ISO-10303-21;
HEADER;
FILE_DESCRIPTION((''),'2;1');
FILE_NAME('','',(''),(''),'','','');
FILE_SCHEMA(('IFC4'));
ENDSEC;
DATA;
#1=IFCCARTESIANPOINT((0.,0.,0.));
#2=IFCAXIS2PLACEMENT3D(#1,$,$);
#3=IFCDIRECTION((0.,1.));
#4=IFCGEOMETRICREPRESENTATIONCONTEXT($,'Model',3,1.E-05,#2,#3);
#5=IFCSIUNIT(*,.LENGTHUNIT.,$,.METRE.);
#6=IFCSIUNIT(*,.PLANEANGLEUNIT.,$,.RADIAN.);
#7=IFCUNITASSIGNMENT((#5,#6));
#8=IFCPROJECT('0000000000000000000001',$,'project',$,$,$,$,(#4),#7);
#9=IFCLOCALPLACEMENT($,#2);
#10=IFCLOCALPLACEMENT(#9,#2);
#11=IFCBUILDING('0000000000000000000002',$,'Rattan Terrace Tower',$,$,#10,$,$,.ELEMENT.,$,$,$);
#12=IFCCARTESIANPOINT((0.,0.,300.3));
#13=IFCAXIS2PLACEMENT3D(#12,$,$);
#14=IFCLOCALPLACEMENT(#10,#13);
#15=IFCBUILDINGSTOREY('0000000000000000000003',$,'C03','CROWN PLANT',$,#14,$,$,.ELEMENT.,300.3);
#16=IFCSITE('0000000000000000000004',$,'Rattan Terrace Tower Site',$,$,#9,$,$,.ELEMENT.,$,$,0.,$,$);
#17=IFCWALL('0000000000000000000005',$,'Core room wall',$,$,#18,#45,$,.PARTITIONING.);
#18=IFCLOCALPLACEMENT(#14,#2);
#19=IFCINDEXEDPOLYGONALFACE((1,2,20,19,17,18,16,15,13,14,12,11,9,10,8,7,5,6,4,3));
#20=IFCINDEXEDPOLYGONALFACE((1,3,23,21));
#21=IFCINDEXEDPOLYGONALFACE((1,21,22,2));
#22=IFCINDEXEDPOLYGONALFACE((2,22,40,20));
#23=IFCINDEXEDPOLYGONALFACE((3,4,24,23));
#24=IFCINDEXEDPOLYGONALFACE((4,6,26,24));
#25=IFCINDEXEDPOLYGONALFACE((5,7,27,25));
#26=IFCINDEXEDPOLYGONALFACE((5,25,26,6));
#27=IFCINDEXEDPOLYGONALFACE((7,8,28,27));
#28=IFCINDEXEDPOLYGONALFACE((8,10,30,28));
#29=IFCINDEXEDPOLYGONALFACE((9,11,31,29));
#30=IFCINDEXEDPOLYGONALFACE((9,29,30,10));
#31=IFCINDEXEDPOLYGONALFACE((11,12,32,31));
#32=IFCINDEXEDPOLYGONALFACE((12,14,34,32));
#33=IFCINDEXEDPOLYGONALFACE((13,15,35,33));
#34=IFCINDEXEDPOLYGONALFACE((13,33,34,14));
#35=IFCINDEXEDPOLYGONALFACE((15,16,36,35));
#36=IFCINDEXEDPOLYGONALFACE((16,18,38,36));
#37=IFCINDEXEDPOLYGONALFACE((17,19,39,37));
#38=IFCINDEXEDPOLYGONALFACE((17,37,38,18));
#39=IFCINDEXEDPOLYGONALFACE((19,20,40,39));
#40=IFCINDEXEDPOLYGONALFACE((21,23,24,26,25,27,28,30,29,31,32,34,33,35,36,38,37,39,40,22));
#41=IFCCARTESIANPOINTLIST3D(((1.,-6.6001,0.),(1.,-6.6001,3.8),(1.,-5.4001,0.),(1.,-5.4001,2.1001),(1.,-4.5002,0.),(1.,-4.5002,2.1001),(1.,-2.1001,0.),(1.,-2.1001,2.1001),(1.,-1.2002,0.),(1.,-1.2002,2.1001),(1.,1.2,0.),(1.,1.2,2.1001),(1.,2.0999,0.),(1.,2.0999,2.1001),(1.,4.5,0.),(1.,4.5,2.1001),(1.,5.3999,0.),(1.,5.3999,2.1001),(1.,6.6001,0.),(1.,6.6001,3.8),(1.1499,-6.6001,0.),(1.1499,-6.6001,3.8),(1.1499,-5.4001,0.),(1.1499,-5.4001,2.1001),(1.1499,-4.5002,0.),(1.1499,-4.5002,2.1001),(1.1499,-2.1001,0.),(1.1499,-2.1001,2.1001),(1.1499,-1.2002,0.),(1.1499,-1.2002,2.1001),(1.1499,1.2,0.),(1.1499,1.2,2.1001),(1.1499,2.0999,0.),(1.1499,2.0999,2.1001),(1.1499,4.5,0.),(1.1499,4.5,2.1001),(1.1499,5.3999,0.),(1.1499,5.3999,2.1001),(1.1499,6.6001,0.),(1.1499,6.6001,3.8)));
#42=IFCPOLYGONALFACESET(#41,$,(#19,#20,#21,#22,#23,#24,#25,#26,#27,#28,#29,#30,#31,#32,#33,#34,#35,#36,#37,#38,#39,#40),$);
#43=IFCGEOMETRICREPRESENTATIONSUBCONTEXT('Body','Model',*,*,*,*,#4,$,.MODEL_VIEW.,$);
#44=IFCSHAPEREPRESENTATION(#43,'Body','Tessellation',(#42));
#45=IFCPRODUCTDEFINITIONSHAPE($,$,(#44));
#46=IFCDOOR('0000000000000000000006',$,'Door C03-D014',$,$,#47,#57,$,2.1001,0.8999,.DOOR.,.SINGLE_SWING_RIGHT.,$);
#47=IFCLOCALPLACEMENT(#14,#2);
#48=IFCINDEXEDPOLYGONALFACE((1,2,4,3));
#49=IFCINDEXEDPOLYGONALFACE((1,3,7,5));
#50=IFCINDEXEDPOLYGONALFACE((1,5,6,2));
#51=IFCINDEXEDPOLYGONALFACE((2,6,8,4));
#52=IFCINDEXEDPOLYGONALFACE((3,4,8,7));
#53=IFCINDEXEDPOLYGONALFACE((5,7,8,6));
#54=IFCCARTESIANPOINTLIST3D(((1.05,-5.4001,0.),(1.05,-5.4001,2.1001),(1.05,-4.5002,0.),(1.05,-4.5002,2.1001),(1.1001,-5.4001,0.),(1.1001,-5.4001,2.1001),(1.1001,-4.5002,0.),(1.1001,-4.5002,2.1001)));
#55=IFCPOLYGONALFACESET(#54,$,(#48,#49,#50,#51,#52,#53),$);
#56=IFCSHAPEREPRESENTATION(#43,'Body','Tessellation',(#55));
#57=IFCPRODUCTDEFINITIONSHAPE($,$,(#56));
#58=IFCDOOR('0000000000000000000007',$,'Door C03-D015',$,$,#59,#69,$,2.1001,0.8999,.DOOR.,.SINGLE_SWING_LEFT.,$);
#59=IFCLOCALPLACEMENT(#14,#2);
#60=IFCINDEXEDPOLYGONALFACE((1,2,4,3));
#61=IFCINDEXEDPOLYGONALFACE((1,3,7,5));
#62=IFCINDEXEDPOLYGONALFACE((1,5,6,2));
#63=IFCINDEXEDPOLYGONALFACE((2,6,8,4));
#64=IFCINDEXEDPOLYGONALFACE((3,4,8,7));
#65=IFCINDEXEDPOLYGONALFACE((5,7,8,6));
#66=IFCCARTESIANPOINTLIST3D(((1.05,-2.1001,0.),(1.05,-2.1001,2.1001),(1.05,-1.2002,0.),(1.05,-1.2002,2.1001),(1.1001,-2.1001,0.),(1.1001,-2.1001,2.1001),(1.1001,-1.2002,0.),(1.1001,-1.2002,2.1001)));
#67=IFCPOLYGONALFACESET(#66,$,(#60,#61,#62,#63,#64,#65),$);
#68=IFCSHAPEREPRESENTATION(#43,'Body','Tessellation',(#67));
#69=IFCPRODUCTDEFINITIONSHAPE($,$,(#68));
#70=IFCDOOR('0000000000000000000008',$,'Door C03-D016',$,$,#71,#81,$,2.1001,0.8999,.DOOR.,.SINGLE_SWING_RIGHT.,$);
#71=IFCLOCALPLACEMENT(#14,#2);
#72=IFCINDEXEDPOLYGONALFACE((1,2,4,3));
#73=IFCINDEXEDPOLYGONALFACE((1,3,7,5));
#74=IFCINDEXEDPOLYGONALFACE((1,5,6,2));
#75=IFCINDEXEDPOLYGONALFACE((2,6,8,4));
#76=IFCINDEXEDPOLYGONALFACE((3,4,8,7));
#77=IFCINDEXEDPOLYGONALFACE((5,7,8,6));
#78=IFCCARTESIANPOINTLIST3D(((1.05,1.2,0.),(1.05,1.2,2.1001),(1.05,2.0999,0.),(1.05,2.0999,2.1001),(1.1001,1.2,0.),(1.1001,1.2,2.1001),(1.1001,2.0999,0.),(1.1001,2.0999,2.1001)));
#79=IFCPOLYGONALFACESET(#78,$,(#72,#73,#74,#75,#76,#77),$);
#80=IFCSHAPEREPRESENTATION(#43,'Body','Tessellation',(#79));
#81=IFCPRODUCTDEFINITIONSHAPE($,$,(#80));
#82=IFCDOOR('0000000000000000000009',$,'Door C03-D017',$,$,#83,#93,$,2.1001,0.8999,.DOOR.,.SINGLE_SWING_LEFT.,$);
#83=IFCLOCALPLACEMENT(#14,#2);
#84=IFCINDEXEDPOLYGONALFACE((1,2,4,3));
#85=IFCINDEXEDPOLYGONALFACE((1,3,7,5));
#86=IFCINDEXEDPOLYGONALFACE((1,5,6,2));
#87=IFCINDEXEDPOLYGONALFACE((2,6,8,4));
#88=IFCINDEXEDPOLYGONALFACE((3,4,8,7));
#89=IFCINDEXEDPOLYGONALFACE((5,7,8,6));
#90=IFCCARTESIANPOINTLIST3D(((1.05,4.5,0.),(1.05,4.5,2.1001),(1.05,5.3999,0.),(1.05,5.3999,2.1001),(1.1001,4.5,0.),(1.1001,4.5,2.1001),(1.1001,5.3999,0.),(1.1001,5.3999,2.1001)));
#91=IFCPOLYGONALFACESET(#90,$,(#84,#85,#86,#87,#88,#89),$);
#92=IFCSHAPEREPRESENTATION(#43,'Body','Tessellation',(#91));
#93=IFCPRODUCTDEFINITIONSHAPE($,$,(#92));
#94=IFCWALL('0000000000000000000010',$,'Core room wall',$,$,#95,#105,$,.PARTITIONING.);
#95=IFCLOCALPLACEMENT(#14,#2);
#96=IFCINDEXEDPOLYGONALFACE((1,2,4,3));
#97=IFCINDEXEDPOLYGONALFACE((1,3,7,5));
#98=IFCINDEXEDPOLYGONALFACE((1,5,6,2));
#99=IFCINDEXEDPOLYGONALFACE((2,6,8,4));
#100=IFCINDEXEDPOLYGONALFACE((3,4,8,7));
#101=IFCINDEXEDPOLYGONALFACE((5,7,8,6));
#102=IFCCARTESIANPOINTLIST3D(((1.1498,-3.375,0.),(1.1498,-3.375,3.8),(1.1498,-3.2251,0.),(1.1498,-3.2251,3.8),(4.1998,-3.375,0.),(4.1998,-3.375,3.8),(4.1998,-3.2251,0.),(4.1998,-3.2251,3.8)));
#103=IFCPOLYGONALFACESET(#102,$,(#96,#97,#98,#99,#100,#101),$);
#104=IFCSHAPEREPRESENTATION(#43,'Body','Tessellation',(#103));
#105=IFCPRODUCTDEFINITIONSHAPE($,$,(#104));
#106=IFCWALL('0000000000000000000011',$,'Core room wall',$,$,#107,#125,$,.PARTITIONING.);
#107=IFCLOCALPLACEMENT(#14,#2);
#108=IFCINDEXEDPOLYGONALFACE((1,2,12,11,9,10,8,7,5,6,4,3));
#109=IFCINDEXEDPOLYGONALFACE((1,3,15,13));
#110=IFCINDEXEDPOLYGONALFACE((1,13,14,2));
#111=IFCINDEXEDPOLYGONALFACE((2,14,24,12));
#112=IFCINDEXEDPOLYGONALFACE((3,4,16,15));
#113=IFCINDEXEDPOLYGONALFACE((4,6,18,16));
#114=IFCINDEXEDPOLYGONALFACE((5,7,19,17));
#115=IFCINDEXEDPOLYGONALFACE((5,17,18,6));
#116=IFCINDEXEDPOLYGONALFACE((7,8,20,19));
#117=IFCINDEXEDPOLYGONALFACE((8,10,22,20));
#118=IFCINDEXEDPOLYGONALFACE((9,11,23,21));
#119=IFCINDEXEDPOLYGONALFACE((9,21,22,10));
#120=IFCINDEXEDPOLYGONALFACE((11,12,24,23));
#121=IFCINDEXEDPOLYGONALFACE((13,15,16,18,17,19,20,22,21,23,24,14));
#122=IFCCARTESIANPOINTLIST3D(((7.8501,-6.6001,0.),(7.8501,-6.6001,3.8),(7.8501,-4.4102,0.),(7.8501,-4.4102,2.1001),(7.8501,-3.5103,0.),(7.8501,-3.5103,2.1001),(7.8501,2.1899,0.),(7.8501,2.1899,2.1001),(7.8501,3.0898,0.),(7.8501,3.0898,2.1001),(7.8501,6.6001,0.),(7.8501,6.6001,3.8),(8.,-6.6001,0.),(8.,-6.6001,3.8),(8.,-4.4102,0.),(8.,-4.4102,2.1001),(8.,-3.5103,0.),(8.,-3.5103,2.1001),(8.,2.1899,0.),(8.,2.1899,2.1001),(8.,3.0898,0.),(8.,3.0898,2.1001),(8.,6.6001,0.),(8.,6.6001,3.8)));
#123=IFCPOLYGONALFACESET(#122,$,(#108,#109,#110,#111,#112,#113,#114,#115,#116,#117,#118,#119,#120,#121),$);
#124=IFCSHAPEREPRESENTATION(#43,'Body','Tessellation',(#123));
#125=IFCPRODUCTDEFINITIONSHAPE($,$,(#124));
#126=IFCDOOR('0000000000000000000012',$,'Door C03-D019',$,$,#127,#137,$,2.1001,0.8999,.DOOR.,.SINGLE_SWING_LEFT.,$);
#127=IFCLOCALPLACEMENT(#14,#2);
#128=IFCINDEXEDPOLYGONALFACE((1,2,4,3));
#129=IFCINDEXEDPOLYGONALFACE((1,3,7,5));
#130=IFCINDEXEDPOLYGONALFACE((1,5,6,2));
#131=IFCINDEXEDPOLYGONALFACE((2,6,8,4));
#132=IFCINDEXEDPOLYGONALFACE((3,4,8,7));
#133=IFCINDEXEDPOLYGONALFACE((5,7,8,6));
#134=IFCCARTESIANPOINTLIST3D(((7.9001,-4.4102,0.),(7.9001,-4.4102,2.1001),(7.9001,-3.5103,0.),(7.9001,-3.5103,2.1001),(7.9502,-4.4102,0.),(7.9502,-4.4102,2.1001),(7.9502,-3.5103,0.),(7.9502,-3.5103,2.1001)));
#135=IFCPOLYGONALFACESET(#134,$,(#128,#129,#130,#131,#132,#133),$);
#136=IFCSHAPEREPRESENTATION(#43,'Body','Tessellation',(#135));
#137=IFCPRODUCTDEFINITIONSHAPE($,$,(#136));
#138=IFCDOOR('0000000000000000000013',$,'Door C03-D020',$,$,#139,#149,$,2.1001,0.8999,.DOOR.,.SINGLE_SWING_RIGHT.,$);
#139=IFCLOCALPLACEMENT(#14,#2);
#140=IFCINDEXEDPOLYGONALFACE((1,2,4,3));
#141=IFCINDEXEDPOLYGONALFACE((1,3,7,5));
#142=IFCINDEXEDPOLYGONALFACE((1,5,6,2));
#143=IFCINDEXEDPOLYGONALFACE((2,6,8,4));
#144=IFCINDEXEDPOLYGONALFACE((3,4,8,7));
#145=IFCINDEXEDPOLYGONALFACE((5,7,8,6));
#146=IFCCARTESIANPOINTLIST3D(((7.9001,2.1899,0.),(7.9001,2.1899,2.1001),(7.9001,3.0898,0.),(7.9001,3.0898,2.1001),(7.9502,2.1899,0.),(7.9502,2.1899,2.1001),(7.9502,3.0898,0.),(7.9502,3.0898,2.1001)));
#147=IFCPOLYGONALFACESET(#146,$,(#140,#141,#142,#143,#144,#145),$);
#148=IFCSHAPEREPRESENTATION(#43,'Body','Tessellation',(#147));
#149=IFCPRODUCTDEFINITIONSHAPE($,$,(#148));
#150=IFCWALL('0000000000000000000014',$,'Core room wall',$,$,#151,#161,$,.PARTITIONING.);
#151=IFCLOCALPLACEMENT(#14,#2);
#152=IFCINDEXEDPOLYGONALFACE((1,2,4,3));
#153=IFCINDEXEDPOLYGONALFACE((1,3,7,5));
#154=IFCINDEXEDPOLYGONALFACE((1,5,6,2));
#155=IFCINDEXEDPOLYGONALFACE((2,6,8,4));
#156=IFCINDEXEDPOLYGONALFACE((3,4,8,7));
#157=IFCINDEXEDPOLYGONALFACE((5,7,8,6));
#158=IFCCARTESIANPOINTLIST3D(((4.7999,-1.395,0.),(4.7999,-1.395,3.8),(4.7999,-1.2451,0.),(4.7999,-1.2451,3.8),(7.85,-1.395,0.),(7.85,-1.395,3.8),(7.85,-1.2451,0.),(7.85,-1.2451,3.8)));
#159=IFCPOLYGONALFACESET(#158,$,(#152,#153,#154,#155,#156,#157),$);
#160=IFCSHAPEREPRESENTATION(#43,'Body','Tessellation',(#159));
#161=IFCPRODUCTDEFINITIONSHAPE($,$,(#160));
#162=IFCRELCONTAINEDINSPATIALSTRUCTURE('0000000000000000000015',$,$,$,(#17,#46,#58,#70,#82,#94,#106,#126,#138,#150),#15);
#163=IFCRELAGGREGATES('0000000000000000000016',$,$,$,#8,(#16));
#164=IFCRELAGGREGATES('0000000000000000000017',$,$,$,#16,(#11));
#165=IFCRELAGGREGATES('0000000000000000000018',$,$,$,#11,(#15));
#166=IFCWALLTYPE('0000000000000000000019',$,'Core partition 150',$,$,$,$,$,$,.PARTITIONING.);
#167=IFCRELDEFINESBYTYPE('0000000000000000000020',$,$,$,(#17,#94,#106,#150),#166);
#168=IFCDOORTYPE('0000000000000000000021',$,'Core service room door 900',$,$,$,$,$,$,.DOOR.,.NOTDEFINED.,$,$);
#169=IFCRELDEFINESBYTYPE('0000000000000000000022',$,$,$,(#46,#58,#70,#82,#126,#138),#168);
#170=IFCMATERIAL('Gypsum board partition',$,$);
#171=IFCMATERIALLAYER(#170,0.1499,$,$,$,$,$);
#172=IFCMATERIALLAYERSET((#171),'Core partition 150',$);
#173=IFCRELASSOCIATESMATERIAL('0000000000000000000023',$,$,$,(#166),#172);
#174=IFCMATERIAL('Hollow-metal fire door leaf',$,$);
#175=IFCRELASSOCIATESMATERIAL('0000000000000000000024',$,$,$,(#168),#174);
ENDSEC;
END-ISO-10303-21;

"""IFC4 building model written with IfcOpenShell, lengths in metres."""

from ifc_helpers import new_model, si_unit, direction, frame, frame_2d, origin, place, context, subcontext, project, spatial, rectangle, extrude, material, layer, layer_set, type_object, element, fill, save


model = new_model("IFC4")

# Units and contexts
model_context = context("Model", 3, precision=1e-05, world=origin(), true_north=direction((0.0, 1.0)))
body_context = subcontext(model_context, "Body", "Model", "MODEL_VIEW")
ifc_project = project(units=[si_unit("LENGTHUNIT", "METRE"), si_unit("PLANEANGLEUNIT", "RADIAN")], contexts=[model_context])

# Site, building, storey
site_placement = place(None, origin())
site = spatial("IfcSite", under=ifc_project, at=site_placement, Name="Rattan Terrace Tower Site", CompositionType="ELEMENT", RefElevation=0.0)
building_placement = place(site_placement, origin())
building = spatial("IfcBuilding", under=site, at=building_placement, Name="Rattan Terrace Tower", CompositionType="ELEMENT")
storey_placement = place(building_placement, frame((0.0, 0.0, 300.3)))
storey = spatial("IfcBuildingStorey", under=building, at=storey_placement, Name="C03", Description="CROWN PLANT", CompositionType="ELEMENT", Elevation=300.3)

# Wall, openings, doors
ifc_material_1 = material(Name="Gypsum board partition")
ifc_layer_1 = layer(ifc_material_1, 0.1499)
ifc_layer_set_1 = layer_set([ifc_layer_1], Name="Core partition 150")
wall_type_1 = type_object("IfcWallType", Name="Core partition 150", PredefinedType="PARTITIONING", material=ifc_layer_set_1)
wall_1_placement = place(storey_placement, frame((1.075, -6.6001, 0.0), z_axis=(0.0, 0.0, 1.0), x_axis=(0.0, 1.0, 0.0)))
wall_1 = element("IfcWall", 1, at=wall_1_placement, inside=storey, type_object=wall_type_1, Name="Core room wall", PredefinedType="PARTITIONING", context=body_context, shape_type="SweptSolid", body=[
    extrude(rectangle(XDim=13.2002, YDim=0.1499, at=frame_2d((6.6001, 0.0))), origin(), (0.0, 0.0, 1.0), 3.8),
])
opening_1_placement = place(wall_1_placement, frame((1.2, 0.0, 0.0)))
opening_1 = element("IfcOpeningElement", 2, at=opening_1_placement, cuts=wall_1, PredefinedType="OPENING", context=body_context, shape_type="SweptSolid", body=[
    extrude(rectangle(XDim=0.8999, YDim=2.1001, at=frame_2d((0.45, 1.05))), frame((0.0, 0.0854, 0.0), z_axis=(0.0, -1.0, 0.0), x_axis=(1.0, 0.0, 0.0)), (0.0, 0.0, 1.0), 0.1709),
])
opening_2_placement = place(wall_1_placement, frame((4.5, 0.0, 0.0)))
opening_2 = element("IfcOpeningElement", 3, at=opening_2_placement, cuts=wall_1, PredefinedType="OPENING", context=body_context, shape_type="SweptSolid", body=[
    extrude(rectangle(XDim=0.8999, YDim=2.1001, at=frame_2d((0.45, 1.05))), frame((0.0, 0.0854, 0.0), z_axis=(0.0, -1.0, 0.0), x_axis=(1.0, 0.0, 0.0)), (0.0, 0.0, 1.0), 0.1709),
])
opening_3_placement = place(wall_1_placement, frame((7.8, 0.0, 0.0)))
opening_3 = element("IfcOpeningElement", 4, at=opening_3_placement, cuts=wall_1, PredefinedType="OPENING", context=body_context, shape_type="SweptSolid", body=[
    extrude(rectangle(XDim=0.8999, YDim=2.1001, at=frame_2d((0.45, 1.05))), frame((0.0, 0.0854, 0.0), z_axis=(0.0, -1.0, 0.0), x_axis=(1.0, 0.0, 0.0)), (0.0, 0.0, 1.0), 0.1709),
])
opening_4_placement = place(wall_1_placement, frame((11.1001, 0.0, 0.0)))
opening_4 = element("IfcOpeningElement", 5, at=opening_4_placement, cuts=wall_1, PredefinedType="OPENING", context=body_context, shape_type="SweptSolid", body=[
    extrude(rectangle(XDim=0.8999, YDim=2.1001, at=frame_2d((0.45, 1.05))), frame((0.0, 0.0854, 0.0), z_axis=(0.0, -1.0, 0.0), x_axis=(1.0, 0.0, 0.0)), (0.0, 0.0, 1.0), 0.1709),
])
ifc_material_2 = material(Name="Hollow-metal fire door leaf")
door_type_1 = type_object("IfcDoorType", Name="Core service room door 900", OperationType="NOTDEFINED", PredefinedType="DOOR", material=ifc_material_2)
door_1_placement = place(opening_1_placement, origin())
door_1 = element("IfcDoor", 6, at=door_1_placement, inside=storey, type_object=door_type_1, Name="Door C03-D014", OperationType="SINGLE_SWING_RIGHT", OverallHeight=2.1001, OverallWidth=0.8999, PredefinedType="DOOR", context=body_context, shape_type="SweptSolid", body=[
    extrude(rectangle(XDim=0.8999, YDim=2.1001, at=frame_2d((0.45, 1.05))), frame((0.0, 0.0249, 0.0), z_axis=(0.0, -1.0, 0.0), x_axis=(1.0, 0.0, 0.0)), (0.0, 0.0, 1.0), 0.05),
])
fill(opening_1, door_1)
door_2_placement = place(opening_2_placement, origin())
door_2 = element("IfcDoor", 7, at=door_2_placement, inside=storey, type_object=door_type_1, Name="Door C03-D015", OperationType="SINGLE_SWING_LEFT", OverallHeight=2.1001, OverallWidth=0.8999, PredefinedType="DOOR", context=body_context, shape_type="SweptSolid", body=[
    extrude(rectangle(XDim=0.8999, YDim=2.1001, at=frame_2d((0.45, 1.05))), frame((0.0, 0.0249, 0.0), z_axis=(0.0, -1.0, 0.0), x_axis=(1.0, 0.0, 0.0)), (0.0, 0.0, 1.0), 0.05),
])
fill(opening_2, door_2)
door_3_placement = place(opening_3_placement, origin())
door_3 = element("IfcDoor", 8, at=door_3_placement, inside=storey, type_object=door_type_1, Name="Door C03-D016", OperationType="SINGLE_SWING_RIGHT", OverallHeight=2.1001, OverallWidth=0.8999, PredefinedType="DOOR", context=body_context, shape_type="SweptSolid", body=[
    extrude(rectangle(XDim=0.8999, YDim=2.1001, at=frame_2d((0.45, 1.05))), frame((0.0, 0.0249, 0.0), z_axis=(0.0, -1.0, 0.0), x_axis=(1.0, 0.0, 0.0)), (0.0, 0.0, 1.0), 0.05),
])
fill(opening_3, door_3)
door_4_placement = place(opening_4_placement, origin())
door_4 = element("IfcDoor", 9, at=door_4_placement, inside=storey, type_object=door_type_1, Name="Door C03-D017", OperationType="SINGLE_SWING_LEFT", OverallHeight=2.1001, OverallWidth=0.8999, PredefinedType="DOOR", context=body_context, shape_type="SweptSolid", body=[
    extrude(rectangle(XDim=0.8999, YDim=2.1001, at=frame_2d((0.45, 1.05))), frame((0.0, 0.0249, 0.0), z_axis=(0.0, -1.0, 0.0), x_axis=(1.0, 0.0, 0.0)), (0.0, 0.0, 1.0), 0.05),
])
fill(opening_4, door_4)

# Wall
wall_2_placement = place(storey_placement, frame((1.1499, -3.3, 0.0), z_axis=(0.0, 0.0, 1.0), x_axis=(1.0, 0.0, 0.0)))
element("IfcWall", 10, at=wall_2_placement, inside=storey, type_object=wall_type_1, Name="Core room wall", PredefinedType="PARTITIONING", context=body_context, shape_type="SweptSolid", body=[
    extrude(rectangle(XDim=3.05, YDim=0.1499, at=frame_2d((1.5249, 0.0))), origin(), (0.0, 0.0, 1.0), 3.8),
])

# Wall, openings, doors
wall_3_placement = place(storey_placement, frame((7.925, -6.6001, 0.0), z_axis=(0.0, 0.0, 1.0), x_axis=(0.0, 1.0, 0.0)))
wall_3 = element("IfcWall", 11, at=wall_3_placement, inside=storey, type_object=wall_type_1, Name="Core room wall", PredefinedType="PARTITIONING", context=body_context, shape_type="SweptSolid", body=[
    extrude(rectangle(XDim=13.2002, YDim=0.1499, at=frame_2d((6.6001, 0.0))), origin(), (0.0, 0.0, 1.0), 3.8),
])
opening_5_placement = place(wall_3_placement, frame((2.1899, 0.0, 0.0)))
opening_5 = element("IfcOpeningElement", 12, at=opening_5_placement, cuts=wall_3, PredefinedType="OPENING", context=body_context, shape_type="SweptSolid", body=[
    extrude(rectangle(XDim=0.8999, YDim=2.1001, at=frame_2d((0.45, 1.05))), frame((0.0, 0.0854, 0.0), z_axis=(0.0, -1.0, 0.0), x_axis=(1.0, 0.0, 0.0)), (0.0, 0.0, 1.0), 0.1709),
])
opening_6_placement = place(wall_3_placement, frame((8.79, 0.0, 0.0)))
opening_6 = element("IfcOpeningElement", 13, at=opening_6_placement, cuts=wall_3, PredefinedType="OPENING", context=body_context, shape_type="SweptSolid", body=[
    extrude(rectangle(XDim=0.8999, YDim=2.1001, at=frame_2d((0.45, 1.05))), frame((0.0, 0.0854, 0.0), z_axis=(0.0, -1.0, 0.0), x_axis=(1.0, 0.0, 0.0)), (0.0, 0.0, 1.0), 0.1709),
])
door_5_placement = place(opening_5_placement, origin())
door_5 = element("IfcDoor", 14, at=door_5_placement, inside=storey, type_object=door_type_1, Name="Door C03-D019", OperationType="SINGLE_SWING_LEFT", OverallHeight=2.1001, OverallWidth=0.8999, PredefinedType="DOOR", context=body_context, shape_type="SweptSolid", body=[
    extrude(rectangle(XDim=0.8999, YDim=2.1001, at=frame_2d((0.45, 1.05))), frame((0.0, 0.0249, 0.0), z_axis=(0.0, -1.0, 0.0), x_axis=(1.0, 0.0, 0.0)), (0.0, 0.0, 1.0), 0.05),
])
fill(opening_5, door_5)
door_6_placement = place(opening_6_placement, origin())
door_6 = element("IfcDoor", 15, at=door_6_placement, inside=storey, type_object=door_type_1, Name="Door C03-D020", OperationType="SINGLE_SWING_RIGHT", OverallHeight=2.1001, OverallWidth=0.8999, PredefinedType="DOOR", context=body_context, shape_type="SweptSolid", body=[
    extrude(rectangle(XDim=0.8999, YDim=2.1001, at=frame_2d((0.45, 1.05))), frame((0.0, 0.0249, 0.0), z_axis=(0.0, -1.0, 0.0), x_axis=(1.0, 0.0, 0.0)), (0.0, 0.0, 1.0), 0.05),
])
fill(opening_6, door_6)

# Wall
wall_4_placement = place(storey_placement, frame((4.8, -1.3201, 0.0), z_axis=(0.0, 0.0, 1.0), x_axis=(1.0, 0.0, 0.0)))
element("IfcWall", 16, at=wall_4_placement, inside=storey, type_object=wall_type_1, Name="Core room wall", PredefinedType="PARTITIONING", context=body_context, shape_type="SweptSolid", body=[
    extrude(rectangle(XDim=3.05, YDim=0.1499, at=frame_2d((1.5249, 0.0))), origin(), (0.0, 0.0, 1.0), 3.8),
])

save(model, "model.ifc")
